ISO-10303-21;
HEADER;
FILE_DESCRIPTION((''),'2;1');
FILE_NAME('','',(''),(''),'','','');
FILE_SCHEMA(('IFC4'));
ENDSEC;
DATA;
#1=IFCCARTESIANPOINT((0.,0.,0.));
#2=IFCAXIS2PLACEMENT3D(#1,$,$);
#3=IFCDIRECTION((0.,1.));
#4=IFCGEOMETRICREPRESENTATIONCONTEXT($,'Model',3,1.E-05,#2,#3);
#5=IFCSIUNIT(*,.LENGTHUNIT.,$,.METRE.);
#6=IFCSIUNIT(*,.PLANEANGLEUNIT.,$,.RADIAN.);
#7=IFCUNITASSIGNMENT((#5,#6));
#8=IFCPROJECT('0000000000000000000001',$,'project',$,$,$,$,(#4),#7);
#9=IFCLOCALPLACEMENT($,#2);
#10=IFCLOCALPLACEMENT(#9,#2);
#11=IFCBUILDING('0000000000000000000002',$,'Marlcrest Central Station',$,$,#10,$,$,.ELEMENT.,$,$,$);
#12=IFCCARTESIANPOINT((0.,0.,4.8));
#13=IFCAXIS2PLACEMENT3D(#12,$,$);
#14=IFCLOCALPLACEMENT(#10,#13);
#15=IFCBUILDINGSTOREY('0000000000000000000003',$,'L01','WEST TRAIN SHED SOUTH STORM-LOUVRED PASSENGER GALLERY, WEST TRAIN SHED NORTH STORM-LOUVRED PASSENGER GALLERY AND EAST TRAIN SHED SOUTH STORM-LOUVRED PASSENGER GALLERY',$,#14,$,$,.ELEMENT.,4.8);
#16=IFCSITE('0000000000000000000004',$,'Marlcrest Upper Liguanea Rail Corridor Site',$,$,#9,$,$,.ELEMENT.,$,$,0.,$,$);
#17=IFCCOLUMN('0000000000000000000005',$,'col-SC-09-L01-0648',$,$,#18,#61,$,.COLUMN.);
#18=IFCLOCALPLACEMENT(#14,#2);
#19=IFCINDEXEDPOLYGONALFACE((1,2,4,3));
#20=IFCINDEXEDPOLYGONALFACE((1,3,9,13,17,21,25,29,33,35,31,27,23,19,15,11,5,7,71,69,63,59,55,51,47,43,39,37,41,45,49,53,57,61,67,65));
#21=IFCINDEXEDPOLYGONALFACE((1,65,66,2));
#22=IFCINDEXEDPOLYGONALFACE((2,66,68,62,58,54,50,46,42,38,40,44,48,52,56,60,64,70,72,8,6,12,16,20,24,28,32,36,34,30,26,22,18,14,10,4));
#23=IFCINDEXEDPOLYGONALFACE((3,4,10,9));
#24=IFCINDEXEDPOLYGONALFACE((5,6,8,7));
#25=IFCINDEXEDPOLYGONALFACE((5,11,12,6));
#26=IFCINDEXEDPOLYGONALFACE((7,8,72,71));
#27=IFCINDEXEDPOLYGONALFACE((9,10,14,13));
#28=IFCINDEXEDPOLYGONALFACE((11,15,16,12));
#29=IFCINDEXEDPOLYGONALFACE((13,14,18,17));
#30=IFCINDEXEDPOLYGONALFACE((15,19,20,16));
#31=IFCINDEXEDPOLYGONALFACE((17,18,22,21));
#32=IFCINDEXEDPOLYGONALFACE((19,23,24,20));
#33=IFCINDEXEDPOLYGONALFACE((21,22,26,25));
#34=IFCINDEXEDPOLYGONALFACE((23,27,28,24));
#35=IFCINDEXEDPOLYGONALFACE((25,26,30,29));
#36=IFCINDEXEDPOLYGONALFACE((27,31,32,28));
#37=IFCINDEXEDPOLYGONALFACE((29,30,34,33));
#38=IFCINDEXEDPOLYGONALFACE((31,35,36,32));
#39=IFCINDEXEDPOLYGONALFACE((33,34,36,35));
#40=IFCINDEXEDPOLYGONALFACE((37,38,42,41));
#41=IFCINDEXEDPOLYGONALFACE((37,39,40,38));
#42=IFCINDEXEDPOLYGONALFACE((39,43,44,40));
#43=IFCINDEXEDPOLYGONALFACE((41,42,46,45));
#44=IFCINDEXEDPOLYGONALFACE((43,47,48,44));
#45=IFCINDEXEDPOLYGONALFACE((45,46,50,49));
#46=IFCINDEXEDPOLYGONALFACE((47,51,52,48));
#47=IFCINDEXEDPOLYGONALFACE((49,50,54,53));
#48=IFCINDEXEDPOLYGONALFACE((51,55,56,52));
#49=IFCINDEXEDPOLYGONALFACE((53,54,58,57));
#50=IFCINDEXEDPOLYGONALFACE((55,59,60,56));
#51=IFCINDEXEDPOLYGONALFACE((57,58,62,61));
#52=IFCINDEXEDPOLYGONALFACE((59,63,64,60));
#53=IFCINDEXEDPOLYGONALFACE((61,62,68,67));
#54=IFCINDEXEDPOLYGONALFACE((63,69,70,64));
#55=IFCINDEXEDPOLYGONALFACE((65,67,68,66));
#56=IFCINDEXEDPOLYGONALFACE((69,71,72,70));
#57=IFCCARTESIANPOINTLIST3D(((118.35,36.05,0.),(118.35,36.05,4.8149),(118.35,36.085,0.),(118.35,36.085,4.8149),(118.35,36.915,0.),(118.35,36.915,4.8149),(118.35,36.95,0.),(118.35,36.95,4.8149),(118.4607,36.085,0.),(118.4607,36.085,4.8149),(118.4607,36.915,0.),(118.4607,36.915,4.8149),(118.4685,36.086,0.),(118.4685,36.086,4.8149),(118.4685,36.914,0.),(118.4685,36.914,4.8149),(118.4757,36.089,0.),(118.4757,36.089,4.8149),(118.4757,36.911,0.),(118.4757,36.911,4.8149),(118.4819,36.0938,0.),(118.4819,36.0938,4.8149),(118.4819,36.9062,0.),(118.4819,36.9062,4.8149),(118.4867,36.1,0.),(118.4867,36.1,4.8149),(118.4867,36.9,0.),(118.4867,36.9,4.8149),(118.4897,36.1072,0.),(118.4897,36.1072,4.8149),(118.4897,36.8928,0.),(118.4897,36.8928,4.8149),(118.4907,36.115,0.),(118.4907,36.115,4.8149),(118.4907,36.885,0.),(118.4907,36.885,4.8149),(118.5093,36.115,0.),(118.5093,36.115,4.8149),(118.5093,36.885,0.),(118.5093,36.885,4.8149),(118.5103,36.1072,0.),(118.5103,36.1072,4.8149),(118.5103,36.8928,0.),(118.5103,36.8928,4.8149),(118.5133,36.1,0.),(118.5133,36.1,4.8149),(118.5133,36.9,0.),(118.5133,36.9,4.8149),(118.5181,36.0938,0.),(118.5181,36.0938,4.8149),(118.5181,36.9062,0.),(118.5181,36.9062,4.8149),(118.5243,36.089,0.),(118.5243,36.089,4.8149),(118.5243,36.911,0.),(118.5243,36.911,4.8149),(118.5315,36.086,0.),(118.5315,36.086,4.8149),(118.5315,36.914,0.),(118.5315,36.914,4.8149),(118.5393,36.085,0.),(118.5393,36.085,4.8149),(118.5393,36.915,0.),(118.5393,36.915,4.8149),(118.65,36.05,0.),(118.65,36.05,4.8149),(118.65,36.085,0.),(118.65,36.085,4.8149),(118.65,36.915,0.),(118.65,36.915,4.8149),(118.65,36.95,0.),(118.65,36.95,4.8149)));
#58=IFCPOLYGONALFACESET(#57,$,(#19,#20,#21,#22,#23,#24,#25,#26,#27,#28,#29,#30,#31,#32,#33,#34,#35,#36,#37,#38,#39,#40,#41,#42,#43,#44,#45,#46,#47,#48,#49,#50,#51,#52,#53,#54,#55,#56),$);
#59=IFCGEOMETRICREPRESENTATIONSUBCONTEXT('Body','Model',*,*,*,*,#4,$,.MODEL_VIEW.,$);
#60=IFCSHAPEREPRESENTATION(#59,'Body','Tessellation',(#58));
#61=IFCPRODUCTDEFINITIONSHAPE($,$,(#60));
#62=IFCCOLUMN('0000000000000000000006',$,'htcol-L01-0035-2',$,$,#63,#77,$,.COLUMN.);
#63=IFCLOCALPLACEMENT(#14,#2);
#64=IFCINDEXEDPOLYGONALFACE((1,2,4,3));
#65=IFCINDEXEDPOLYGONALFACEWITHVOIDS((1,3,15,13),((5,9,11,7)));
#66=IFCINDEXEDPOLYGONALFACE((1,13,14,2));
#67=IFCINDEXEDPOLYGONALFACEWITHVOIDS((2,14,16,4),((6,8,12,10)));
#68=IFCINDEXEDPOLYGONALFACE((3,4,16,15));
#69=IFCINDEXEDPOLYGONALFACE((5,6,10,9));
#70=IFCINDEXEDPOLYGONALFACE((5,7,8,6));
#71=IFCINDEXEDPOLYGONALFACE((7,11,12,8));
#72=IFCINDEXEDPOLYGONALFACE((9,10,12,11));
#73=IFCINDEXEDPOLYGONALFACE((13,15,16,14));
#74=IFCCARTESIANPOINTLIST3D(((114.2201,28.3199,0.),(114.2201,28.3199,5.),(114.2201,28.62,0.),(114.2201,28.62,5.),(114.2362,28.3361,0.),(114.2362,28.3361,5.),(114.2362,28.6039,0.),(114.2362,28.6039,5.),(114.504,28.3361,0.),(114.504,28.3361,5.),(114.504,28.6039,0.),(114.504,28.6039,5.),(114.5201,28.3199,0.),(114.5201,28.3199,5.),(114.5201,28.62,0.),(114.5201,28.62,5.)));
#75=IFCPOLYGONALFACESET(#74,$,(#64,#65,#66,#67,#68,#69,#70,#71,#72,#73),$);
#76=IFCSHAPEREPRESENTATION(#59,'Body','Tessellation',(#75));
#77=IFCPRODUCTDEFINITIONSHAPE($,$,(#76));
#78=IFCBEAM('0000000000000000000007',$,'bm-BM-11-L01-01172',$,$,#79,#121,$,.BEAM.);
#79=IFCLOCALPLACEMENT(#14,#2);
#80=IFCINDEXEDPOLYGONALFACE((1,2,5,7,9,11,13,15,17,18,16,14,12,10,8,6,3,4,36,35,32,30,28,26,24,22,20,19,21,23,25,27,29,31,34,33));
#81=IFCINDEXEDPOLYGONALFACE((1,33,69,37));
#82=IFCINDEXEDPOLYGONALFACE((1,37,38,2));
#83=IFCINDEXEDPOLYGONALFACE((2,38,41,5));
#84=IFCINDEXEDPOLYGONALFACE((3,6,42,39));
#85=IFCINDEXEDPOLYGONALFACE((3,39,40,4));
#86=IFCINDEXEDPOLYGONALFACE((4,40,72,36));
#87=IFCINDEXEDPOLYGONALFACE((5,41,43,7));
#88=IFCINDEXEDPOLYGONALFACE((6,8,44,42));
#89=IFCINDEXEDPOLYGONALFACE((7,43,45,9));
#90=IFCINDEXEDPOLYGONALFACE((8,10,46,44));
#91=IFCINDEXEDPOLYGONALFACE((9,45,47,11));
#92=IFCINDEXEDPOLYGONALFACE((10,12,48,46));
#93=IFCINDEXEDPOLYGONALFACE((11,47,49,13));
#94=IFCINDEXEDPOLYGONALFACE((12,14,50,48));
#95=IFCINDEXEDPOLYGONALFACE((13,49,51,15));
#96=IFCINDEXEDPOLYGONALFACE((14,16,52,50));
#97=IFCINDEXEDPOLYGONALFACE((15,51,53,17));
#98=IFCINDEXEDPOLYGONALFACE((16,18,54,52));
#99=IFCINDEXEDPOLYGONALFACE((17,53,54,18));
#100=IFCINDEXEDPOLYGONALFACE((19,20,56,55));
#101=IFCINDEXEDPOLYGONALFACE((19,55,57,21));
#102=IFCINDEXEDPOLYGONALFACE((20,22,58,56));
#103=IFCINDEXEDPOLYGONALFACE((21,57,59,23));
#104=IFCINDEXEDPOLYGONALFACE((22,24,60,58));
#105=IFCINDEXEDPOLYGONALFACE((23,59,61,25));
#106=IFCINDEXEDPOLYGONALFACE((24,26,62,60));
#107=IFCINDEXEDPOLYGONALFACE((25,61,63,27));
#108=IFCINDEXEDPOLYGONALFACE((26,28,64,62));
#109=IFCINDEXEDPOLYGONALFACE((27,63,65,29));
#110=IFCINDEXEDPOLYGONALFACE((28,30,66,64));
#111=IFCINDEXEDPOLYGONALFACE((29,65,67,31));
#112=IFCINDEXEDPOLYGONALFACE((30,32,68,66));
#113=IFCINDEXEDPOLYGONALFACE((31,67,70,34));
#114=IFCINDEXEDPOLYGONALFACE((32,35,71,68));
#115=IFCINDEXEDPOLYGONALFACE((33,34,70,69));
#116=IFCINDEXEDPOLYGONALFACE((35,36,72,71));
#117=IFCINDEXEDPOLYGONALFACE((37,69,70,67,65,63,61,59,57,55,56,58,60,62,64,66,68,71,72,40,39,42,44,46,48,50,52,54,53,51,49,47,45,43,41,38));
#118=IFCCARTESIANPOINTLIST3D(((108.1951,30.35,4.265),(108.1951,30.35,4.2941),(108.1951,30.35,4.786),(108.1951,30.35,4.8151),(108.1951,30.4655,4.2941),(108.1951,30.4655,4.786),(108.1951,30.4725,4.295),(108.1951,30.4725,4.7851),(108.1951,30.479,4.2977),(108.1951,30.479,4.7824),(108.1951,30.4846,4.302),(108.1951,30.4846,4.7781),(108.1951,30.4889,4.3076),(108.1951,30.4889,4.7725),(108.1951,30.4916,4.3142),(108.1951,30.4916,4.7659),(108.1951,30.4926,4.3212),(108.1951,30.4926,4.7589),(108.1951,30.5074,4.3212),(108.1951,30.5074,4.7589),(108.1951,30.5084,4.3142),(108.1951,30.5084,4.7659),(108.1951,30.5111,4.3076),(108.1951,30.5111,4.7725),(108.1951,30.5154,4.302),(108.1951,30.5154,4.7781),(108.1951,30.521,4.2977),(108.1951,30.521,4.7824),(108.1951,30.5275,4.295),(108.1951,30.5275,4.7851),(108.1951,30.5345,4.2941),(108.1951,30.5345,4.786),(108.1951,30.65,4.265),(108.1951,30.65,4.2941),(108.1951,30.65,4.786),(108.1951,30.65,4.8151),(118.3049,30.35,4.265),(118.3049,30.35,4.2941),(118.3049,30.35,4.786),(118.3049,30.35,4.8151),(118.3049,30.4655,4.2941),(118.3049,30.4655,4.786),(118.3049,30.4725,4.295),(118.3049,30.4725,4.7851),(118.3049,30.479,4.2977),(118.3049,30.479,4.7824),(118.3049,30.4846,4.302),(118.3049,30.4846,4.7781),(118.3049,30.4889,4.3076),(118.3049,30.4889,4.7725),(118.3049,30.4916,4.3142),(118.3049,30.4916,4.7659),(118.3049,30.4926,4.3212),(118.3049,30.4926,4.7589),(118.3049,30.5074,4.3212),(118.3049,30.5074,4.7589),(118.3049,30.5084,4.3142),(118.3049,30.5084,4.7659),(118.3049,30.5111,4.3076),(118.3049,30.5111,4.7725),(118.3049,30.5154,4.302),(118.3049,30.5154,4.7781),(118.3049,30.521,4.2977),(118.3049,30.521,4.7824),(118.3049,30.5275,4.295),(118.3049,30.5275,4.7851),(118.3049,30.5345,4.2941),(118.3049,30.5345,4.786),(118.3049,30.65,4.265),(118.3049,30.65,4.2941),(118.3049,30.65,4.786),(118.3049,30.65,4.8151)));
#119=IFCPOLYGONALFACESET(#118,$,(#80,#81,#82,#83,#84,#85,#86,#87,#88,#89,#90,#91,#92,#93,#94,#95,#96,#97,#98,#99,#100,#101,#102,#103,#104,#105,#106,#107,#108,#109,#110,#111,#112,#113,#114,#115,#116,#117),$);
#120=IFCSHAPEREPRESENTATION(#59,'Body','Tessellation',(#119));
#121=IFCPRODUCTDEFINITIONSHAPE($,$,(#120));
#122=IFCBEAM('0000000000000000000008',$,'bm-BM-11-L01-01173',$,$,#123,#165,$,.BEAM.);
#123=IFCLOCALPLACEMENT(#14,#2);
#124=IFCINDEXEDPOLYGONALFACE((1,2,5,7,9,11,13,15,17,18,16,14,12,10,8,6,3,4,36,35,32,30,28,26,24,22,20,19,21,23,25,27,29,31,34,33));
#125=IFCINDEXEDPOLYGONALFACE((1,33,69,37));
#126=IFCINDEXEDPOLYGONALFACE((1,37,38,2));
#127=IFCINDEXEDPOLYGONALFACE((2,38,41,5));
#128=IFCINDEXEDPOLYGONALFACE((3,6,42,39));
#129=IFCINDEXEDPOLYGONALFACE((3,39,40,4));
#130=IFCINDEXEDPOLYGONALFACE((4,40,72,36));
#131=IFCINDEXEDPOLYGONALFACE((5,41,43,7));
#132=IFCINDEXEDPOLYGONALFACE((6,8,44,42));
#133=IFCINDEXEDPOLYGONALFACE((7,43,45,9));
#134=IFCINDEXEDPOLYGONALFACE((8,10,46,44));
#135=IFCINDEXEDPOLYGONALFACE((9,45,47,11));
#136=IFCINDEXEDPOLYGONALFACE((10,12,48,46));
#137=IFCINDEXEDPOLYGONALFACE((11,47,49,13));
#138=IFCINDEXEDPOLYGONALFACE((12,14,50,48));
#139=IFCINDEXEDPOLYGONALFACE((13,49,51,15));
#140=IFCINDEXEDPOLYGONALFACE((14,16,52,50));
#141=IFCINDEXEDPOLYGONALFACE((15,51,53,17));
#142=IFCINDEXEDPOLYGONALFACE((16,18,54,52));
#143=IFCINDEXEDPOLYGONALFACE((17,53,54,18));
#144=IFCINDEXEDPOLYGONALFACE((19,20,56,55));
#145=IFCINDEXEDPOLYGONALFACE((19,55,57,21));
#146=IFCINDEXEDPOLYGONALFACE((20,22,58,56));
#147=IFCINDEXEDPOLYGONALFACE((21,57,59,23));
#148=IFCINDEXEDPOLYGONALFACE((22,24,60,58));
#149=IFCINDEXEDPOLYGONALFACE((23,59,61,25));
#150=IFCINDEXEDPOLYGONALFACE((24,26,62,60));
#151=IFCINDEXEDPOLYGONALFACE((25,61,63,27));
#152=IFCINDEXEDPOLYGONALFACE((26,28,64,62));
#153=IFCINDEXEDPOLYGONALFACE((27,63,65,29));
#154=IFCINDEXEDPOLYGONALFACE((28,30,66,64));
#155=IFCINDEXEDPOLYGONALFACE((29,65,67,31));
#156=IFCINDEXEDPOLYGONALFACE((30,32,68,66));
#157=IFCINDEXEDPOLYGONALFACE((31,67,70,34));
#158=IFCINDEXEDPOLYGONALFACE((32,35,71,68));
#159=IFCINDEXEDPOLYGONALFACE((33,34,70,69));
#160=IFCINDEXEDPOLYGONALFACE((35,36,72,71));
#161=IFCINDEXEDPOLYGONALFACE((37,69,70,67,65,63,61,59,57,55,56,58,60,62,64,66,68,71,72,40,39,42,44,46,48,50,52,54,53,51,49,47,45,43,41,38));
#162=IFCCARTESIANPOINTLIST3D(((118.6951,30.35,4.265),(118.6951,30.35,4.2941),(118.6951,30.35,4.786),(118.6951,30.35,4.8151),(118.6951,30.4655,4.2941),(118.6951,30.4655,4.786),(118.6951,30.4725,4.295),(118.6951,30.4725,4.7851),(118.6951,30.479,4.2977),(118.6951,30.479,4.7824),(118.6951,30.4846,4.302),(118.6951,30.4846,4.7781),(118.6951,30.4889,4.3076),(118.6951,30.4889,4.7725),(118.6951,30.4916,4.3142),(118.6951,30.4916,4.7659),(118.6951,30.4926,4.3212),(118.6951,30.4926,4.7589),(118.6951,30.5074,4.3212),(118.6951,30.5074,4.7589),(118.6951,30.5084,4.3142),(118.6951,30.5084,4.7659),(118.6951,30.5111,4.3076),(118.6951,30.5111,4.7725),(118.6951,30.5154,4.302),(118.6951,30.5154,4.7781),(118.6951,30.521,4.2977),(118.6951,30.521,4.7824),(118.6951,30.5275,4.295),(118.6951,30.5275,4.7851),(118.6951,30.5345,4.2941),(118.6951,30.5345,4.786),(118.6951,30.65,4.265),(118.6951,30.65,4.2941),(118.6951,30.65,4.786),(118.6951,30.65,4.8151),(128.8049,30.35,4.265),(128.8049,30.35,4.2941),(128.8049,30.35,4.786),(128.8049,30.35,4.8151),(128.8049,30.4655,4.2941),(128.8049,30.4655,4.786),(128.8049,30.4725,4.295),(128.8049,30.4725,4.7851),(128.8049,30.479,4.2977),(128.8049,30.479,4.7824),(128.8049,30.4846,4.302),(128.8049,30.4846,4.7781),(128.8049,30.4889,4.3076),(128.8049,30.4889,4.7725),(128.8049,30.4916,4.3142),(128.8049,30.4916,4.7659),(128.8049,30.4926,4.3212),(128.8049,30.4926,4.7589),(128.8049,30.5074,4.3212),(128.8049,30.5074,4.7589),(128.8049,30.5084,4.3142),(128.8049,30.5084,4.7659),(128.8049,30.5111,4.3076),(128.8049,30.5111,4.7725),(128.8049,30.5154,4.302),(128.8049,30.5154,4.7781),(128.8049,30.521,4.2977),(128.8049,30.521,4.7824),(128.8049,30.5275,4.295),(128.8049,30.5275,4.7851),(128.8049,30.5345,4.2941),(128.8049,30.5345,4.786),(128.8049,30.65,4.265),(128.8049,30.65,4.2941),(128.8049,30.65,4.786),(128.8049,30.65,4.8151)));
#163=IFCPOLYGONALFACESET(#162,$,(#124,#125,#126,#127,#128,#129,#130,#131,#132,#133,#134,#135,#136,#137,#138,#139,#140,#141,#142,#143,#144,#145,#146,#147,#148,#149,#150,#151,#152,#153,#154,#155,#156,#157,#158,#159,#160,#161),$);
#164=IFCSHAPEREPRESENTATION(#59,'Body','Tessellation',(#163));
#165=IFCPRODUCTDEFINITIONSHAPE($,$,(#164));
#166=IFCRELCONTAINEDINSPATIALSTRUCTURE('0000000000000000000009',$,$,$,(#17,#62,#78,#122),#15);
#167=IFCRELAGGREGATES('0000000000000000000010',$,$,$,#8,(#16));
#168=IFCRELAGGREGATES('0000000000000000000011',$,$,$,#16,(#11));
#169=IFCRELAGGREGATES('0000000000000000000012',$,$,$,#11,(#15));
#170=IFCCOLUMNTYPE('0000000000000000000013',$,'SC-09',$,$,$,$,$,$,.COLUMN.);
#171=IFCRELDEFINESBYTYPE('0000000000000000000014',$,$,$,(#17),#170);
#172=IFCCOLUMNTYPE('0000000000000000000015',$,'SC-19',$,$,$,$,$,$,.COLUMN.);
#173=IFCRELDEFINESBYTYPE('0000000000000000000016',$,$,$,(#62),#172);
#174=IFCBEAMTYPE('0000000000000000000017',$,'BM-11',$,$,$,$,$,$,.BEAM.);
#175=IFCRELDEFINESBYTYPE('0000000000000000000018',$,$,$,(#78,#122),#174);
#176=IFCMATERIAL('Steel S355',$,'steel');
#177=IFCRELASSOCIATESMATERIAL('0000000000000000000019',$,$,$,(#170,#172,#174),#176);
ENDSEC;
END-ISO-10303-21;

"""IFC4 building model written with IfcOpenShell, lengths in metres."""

from ifc_helpers import new_model, si_unit, direction, frame, origin, origin_2d, place, context, subcontext, project, spatial, hollow_rectangle, i_section, extrude, material, material_profile, profile_set, type_object, element, save


model = new_model("IFC4")

# Units and contexts
model_context = context("Model", 3, precision=1e-05, world=origin(), true_north=direction((0.0, 1.0)))
body_context = subcontext(model_context, "Body", "Model", "MODEL_VIEW")
ifc_project = project(units=[si_unit("LENGTHUNIT", "METRE"), si_unit("PLANEANGLEUNIT", "RADIAN")], contexts=[model_context])

# Site, building, storey
site_placement = place(None, origin())
site = spatial("IfcSite", under=ifc_project, at=site_placement, Name="Marlcrest Upper Liguanea Rail Corridor Site", CompositionType="ELEMENT", RefElevation=0.0)
building_placement = place(site_placement, origin())
building = spatial("IfcBuilding", under=site, at=building_placement, Name="Marlcrest Central Station", CompositionType="ELEMENT")
storey_placement = place(building_placement, frame((0.0, 0.0, 4.8)))
storey = spatial("IfcBuildingStorey", under=building, at=storey_placement, Name="L01", Description="WEST TRAIN SHED SOUTH STORM-LOUVRED PASSENGER GALLERY, WEST TRAIN SHED NORTH STORM-LOUVRED PASSENGER GALLERY AND EAST TRAIN SHED SOUTH STORM-LOUVRED PASSENGER GALLERY", CompositionType="ELEMENT", Elevation=4.8)

# Columns
ifc_material_1 = material(Name="Steel S355", Category="steel")
ifc_material_profile_1 = material_profile(ifc_material_1, i_section(OverallWidth=0.3, OverallDepth=0.8999, WebThickness=0.0186, FlangeThickness=0.0349, FilletRadius=0.03, at=origin_2d()), Name="HEB 900")
ifc_profile_set_1 = profile_set([ifc_material_profile_1], Name="Steel S355")
column_type_1 = type_object("IfcColumnType", Name="SC-09", PredefinedType="COLUMN", material=ifc_profile_set_1)
column_1_placement = place(storey_placement, frame((118.5, 36.5, 0.0), z_axis=(0.0, 0.0, 1.0), x_axis=(1.0, 0.0, 0.0)))
element("IfcColumn", 1, at=column_1_placement, inside=storey, type_object=column_type_1, Name="col-SC-09-L01-0648", PredefinedType="COLUMN", context=body_context, shape_type="SweptSolid", body=[
    extrude(i_section(OverallWidth=0.3, OverallDepth=0.8999, WebThickness=0.0186, FlangeThickness=0.0349, FilletRadius=0.03, at=origin_2d()), origin(), (0.0, 0.0, 1.0), 4.8149),
])
ifc_material_profile_2 = material_profile(ifc_material_1, hollow_rectangle(XDim=0.3, YDim=0.3, WallThickness=0.0161, at=origin_2d()), Name="SHS 300x300x16")
ifc_profile_set_2 = profile_set([ifc_material_profile_2], Name="Steel S355")
column_type_2 = type_object("IfcColumnType", Name="SC-19", PredefinedType="COLUMN", material=ifc_profile_set_2)
column_2_placement = place(storey_placement, frame((114.3701, 28.47, 0.0), z_axis=(0.0, 0.0, 1.0), x_axis=(1.0, 0.0, 0.0)))
element("IfcColumn", 2, at=column_2_placement, inside=storey, type_object=column_type_2, Name="htcol-L01-0035-2", PredefinedType="COLUMN", context=body_context, shape_type="SweptSolid", body=[
    extrude(hollow_rectangle(XDim=0.3, YDim=0.3, WallThickness=0.0161, at=origin_2d()), origin(), (0.0, 0.0, 1.0), 5.0),
])

# Beams
ifc_material_profile_3 = material_profile(ifc_material_1, i_section(OverallWidth=0.3, OverallDepth=0.55, WebThickness=0.0149, FlangeThickness=0.0291, FilletRadius=0.0271, at=origin_2d()), Name="HEB 550")
ifc_profile_set_3 = profile_set([ifc_material_profile_3], Name="Steel S355")
beam_type_1 = type_object("IfcBeamType", Name="BM-11", PredefinedType="BEAM", material=ifc_profile_set_3)
for number, where, z_axis, x_axis, name in (
    (3, (108.1951, 30.5, 4.54), (1.0, 0.0, 0.0), (0.0, 1.0, 0.0), "bm-BM-11-L01-01172"),
    (4, (118.6951, 30.5, 4.54), (1.0, 0.0, 0.0), (0.0, 1.0, 0.0), "bm-BM-11-L01-01173"),
):
    element("IfcBeam", number, at=place(storey_placement, frame(where, z_axis=z_axis, x_axis=x_axis)), inside=storey, type_object=beam_type_1, Name=name, PredefinedType="BEAM", context=body_context, shape_type="SweptSolid", body=[
        extrude(i_section(OverallWidth=0.3, OverallDepth=0.55, WebThickness=0.0149, FlangeThickness=0.0291, FilletRadius=0.0271, at=origin_2d()), origin(), (0.0, 0.0, 1.0), 10.1099),
    ])

save(model, "model.ifc")
